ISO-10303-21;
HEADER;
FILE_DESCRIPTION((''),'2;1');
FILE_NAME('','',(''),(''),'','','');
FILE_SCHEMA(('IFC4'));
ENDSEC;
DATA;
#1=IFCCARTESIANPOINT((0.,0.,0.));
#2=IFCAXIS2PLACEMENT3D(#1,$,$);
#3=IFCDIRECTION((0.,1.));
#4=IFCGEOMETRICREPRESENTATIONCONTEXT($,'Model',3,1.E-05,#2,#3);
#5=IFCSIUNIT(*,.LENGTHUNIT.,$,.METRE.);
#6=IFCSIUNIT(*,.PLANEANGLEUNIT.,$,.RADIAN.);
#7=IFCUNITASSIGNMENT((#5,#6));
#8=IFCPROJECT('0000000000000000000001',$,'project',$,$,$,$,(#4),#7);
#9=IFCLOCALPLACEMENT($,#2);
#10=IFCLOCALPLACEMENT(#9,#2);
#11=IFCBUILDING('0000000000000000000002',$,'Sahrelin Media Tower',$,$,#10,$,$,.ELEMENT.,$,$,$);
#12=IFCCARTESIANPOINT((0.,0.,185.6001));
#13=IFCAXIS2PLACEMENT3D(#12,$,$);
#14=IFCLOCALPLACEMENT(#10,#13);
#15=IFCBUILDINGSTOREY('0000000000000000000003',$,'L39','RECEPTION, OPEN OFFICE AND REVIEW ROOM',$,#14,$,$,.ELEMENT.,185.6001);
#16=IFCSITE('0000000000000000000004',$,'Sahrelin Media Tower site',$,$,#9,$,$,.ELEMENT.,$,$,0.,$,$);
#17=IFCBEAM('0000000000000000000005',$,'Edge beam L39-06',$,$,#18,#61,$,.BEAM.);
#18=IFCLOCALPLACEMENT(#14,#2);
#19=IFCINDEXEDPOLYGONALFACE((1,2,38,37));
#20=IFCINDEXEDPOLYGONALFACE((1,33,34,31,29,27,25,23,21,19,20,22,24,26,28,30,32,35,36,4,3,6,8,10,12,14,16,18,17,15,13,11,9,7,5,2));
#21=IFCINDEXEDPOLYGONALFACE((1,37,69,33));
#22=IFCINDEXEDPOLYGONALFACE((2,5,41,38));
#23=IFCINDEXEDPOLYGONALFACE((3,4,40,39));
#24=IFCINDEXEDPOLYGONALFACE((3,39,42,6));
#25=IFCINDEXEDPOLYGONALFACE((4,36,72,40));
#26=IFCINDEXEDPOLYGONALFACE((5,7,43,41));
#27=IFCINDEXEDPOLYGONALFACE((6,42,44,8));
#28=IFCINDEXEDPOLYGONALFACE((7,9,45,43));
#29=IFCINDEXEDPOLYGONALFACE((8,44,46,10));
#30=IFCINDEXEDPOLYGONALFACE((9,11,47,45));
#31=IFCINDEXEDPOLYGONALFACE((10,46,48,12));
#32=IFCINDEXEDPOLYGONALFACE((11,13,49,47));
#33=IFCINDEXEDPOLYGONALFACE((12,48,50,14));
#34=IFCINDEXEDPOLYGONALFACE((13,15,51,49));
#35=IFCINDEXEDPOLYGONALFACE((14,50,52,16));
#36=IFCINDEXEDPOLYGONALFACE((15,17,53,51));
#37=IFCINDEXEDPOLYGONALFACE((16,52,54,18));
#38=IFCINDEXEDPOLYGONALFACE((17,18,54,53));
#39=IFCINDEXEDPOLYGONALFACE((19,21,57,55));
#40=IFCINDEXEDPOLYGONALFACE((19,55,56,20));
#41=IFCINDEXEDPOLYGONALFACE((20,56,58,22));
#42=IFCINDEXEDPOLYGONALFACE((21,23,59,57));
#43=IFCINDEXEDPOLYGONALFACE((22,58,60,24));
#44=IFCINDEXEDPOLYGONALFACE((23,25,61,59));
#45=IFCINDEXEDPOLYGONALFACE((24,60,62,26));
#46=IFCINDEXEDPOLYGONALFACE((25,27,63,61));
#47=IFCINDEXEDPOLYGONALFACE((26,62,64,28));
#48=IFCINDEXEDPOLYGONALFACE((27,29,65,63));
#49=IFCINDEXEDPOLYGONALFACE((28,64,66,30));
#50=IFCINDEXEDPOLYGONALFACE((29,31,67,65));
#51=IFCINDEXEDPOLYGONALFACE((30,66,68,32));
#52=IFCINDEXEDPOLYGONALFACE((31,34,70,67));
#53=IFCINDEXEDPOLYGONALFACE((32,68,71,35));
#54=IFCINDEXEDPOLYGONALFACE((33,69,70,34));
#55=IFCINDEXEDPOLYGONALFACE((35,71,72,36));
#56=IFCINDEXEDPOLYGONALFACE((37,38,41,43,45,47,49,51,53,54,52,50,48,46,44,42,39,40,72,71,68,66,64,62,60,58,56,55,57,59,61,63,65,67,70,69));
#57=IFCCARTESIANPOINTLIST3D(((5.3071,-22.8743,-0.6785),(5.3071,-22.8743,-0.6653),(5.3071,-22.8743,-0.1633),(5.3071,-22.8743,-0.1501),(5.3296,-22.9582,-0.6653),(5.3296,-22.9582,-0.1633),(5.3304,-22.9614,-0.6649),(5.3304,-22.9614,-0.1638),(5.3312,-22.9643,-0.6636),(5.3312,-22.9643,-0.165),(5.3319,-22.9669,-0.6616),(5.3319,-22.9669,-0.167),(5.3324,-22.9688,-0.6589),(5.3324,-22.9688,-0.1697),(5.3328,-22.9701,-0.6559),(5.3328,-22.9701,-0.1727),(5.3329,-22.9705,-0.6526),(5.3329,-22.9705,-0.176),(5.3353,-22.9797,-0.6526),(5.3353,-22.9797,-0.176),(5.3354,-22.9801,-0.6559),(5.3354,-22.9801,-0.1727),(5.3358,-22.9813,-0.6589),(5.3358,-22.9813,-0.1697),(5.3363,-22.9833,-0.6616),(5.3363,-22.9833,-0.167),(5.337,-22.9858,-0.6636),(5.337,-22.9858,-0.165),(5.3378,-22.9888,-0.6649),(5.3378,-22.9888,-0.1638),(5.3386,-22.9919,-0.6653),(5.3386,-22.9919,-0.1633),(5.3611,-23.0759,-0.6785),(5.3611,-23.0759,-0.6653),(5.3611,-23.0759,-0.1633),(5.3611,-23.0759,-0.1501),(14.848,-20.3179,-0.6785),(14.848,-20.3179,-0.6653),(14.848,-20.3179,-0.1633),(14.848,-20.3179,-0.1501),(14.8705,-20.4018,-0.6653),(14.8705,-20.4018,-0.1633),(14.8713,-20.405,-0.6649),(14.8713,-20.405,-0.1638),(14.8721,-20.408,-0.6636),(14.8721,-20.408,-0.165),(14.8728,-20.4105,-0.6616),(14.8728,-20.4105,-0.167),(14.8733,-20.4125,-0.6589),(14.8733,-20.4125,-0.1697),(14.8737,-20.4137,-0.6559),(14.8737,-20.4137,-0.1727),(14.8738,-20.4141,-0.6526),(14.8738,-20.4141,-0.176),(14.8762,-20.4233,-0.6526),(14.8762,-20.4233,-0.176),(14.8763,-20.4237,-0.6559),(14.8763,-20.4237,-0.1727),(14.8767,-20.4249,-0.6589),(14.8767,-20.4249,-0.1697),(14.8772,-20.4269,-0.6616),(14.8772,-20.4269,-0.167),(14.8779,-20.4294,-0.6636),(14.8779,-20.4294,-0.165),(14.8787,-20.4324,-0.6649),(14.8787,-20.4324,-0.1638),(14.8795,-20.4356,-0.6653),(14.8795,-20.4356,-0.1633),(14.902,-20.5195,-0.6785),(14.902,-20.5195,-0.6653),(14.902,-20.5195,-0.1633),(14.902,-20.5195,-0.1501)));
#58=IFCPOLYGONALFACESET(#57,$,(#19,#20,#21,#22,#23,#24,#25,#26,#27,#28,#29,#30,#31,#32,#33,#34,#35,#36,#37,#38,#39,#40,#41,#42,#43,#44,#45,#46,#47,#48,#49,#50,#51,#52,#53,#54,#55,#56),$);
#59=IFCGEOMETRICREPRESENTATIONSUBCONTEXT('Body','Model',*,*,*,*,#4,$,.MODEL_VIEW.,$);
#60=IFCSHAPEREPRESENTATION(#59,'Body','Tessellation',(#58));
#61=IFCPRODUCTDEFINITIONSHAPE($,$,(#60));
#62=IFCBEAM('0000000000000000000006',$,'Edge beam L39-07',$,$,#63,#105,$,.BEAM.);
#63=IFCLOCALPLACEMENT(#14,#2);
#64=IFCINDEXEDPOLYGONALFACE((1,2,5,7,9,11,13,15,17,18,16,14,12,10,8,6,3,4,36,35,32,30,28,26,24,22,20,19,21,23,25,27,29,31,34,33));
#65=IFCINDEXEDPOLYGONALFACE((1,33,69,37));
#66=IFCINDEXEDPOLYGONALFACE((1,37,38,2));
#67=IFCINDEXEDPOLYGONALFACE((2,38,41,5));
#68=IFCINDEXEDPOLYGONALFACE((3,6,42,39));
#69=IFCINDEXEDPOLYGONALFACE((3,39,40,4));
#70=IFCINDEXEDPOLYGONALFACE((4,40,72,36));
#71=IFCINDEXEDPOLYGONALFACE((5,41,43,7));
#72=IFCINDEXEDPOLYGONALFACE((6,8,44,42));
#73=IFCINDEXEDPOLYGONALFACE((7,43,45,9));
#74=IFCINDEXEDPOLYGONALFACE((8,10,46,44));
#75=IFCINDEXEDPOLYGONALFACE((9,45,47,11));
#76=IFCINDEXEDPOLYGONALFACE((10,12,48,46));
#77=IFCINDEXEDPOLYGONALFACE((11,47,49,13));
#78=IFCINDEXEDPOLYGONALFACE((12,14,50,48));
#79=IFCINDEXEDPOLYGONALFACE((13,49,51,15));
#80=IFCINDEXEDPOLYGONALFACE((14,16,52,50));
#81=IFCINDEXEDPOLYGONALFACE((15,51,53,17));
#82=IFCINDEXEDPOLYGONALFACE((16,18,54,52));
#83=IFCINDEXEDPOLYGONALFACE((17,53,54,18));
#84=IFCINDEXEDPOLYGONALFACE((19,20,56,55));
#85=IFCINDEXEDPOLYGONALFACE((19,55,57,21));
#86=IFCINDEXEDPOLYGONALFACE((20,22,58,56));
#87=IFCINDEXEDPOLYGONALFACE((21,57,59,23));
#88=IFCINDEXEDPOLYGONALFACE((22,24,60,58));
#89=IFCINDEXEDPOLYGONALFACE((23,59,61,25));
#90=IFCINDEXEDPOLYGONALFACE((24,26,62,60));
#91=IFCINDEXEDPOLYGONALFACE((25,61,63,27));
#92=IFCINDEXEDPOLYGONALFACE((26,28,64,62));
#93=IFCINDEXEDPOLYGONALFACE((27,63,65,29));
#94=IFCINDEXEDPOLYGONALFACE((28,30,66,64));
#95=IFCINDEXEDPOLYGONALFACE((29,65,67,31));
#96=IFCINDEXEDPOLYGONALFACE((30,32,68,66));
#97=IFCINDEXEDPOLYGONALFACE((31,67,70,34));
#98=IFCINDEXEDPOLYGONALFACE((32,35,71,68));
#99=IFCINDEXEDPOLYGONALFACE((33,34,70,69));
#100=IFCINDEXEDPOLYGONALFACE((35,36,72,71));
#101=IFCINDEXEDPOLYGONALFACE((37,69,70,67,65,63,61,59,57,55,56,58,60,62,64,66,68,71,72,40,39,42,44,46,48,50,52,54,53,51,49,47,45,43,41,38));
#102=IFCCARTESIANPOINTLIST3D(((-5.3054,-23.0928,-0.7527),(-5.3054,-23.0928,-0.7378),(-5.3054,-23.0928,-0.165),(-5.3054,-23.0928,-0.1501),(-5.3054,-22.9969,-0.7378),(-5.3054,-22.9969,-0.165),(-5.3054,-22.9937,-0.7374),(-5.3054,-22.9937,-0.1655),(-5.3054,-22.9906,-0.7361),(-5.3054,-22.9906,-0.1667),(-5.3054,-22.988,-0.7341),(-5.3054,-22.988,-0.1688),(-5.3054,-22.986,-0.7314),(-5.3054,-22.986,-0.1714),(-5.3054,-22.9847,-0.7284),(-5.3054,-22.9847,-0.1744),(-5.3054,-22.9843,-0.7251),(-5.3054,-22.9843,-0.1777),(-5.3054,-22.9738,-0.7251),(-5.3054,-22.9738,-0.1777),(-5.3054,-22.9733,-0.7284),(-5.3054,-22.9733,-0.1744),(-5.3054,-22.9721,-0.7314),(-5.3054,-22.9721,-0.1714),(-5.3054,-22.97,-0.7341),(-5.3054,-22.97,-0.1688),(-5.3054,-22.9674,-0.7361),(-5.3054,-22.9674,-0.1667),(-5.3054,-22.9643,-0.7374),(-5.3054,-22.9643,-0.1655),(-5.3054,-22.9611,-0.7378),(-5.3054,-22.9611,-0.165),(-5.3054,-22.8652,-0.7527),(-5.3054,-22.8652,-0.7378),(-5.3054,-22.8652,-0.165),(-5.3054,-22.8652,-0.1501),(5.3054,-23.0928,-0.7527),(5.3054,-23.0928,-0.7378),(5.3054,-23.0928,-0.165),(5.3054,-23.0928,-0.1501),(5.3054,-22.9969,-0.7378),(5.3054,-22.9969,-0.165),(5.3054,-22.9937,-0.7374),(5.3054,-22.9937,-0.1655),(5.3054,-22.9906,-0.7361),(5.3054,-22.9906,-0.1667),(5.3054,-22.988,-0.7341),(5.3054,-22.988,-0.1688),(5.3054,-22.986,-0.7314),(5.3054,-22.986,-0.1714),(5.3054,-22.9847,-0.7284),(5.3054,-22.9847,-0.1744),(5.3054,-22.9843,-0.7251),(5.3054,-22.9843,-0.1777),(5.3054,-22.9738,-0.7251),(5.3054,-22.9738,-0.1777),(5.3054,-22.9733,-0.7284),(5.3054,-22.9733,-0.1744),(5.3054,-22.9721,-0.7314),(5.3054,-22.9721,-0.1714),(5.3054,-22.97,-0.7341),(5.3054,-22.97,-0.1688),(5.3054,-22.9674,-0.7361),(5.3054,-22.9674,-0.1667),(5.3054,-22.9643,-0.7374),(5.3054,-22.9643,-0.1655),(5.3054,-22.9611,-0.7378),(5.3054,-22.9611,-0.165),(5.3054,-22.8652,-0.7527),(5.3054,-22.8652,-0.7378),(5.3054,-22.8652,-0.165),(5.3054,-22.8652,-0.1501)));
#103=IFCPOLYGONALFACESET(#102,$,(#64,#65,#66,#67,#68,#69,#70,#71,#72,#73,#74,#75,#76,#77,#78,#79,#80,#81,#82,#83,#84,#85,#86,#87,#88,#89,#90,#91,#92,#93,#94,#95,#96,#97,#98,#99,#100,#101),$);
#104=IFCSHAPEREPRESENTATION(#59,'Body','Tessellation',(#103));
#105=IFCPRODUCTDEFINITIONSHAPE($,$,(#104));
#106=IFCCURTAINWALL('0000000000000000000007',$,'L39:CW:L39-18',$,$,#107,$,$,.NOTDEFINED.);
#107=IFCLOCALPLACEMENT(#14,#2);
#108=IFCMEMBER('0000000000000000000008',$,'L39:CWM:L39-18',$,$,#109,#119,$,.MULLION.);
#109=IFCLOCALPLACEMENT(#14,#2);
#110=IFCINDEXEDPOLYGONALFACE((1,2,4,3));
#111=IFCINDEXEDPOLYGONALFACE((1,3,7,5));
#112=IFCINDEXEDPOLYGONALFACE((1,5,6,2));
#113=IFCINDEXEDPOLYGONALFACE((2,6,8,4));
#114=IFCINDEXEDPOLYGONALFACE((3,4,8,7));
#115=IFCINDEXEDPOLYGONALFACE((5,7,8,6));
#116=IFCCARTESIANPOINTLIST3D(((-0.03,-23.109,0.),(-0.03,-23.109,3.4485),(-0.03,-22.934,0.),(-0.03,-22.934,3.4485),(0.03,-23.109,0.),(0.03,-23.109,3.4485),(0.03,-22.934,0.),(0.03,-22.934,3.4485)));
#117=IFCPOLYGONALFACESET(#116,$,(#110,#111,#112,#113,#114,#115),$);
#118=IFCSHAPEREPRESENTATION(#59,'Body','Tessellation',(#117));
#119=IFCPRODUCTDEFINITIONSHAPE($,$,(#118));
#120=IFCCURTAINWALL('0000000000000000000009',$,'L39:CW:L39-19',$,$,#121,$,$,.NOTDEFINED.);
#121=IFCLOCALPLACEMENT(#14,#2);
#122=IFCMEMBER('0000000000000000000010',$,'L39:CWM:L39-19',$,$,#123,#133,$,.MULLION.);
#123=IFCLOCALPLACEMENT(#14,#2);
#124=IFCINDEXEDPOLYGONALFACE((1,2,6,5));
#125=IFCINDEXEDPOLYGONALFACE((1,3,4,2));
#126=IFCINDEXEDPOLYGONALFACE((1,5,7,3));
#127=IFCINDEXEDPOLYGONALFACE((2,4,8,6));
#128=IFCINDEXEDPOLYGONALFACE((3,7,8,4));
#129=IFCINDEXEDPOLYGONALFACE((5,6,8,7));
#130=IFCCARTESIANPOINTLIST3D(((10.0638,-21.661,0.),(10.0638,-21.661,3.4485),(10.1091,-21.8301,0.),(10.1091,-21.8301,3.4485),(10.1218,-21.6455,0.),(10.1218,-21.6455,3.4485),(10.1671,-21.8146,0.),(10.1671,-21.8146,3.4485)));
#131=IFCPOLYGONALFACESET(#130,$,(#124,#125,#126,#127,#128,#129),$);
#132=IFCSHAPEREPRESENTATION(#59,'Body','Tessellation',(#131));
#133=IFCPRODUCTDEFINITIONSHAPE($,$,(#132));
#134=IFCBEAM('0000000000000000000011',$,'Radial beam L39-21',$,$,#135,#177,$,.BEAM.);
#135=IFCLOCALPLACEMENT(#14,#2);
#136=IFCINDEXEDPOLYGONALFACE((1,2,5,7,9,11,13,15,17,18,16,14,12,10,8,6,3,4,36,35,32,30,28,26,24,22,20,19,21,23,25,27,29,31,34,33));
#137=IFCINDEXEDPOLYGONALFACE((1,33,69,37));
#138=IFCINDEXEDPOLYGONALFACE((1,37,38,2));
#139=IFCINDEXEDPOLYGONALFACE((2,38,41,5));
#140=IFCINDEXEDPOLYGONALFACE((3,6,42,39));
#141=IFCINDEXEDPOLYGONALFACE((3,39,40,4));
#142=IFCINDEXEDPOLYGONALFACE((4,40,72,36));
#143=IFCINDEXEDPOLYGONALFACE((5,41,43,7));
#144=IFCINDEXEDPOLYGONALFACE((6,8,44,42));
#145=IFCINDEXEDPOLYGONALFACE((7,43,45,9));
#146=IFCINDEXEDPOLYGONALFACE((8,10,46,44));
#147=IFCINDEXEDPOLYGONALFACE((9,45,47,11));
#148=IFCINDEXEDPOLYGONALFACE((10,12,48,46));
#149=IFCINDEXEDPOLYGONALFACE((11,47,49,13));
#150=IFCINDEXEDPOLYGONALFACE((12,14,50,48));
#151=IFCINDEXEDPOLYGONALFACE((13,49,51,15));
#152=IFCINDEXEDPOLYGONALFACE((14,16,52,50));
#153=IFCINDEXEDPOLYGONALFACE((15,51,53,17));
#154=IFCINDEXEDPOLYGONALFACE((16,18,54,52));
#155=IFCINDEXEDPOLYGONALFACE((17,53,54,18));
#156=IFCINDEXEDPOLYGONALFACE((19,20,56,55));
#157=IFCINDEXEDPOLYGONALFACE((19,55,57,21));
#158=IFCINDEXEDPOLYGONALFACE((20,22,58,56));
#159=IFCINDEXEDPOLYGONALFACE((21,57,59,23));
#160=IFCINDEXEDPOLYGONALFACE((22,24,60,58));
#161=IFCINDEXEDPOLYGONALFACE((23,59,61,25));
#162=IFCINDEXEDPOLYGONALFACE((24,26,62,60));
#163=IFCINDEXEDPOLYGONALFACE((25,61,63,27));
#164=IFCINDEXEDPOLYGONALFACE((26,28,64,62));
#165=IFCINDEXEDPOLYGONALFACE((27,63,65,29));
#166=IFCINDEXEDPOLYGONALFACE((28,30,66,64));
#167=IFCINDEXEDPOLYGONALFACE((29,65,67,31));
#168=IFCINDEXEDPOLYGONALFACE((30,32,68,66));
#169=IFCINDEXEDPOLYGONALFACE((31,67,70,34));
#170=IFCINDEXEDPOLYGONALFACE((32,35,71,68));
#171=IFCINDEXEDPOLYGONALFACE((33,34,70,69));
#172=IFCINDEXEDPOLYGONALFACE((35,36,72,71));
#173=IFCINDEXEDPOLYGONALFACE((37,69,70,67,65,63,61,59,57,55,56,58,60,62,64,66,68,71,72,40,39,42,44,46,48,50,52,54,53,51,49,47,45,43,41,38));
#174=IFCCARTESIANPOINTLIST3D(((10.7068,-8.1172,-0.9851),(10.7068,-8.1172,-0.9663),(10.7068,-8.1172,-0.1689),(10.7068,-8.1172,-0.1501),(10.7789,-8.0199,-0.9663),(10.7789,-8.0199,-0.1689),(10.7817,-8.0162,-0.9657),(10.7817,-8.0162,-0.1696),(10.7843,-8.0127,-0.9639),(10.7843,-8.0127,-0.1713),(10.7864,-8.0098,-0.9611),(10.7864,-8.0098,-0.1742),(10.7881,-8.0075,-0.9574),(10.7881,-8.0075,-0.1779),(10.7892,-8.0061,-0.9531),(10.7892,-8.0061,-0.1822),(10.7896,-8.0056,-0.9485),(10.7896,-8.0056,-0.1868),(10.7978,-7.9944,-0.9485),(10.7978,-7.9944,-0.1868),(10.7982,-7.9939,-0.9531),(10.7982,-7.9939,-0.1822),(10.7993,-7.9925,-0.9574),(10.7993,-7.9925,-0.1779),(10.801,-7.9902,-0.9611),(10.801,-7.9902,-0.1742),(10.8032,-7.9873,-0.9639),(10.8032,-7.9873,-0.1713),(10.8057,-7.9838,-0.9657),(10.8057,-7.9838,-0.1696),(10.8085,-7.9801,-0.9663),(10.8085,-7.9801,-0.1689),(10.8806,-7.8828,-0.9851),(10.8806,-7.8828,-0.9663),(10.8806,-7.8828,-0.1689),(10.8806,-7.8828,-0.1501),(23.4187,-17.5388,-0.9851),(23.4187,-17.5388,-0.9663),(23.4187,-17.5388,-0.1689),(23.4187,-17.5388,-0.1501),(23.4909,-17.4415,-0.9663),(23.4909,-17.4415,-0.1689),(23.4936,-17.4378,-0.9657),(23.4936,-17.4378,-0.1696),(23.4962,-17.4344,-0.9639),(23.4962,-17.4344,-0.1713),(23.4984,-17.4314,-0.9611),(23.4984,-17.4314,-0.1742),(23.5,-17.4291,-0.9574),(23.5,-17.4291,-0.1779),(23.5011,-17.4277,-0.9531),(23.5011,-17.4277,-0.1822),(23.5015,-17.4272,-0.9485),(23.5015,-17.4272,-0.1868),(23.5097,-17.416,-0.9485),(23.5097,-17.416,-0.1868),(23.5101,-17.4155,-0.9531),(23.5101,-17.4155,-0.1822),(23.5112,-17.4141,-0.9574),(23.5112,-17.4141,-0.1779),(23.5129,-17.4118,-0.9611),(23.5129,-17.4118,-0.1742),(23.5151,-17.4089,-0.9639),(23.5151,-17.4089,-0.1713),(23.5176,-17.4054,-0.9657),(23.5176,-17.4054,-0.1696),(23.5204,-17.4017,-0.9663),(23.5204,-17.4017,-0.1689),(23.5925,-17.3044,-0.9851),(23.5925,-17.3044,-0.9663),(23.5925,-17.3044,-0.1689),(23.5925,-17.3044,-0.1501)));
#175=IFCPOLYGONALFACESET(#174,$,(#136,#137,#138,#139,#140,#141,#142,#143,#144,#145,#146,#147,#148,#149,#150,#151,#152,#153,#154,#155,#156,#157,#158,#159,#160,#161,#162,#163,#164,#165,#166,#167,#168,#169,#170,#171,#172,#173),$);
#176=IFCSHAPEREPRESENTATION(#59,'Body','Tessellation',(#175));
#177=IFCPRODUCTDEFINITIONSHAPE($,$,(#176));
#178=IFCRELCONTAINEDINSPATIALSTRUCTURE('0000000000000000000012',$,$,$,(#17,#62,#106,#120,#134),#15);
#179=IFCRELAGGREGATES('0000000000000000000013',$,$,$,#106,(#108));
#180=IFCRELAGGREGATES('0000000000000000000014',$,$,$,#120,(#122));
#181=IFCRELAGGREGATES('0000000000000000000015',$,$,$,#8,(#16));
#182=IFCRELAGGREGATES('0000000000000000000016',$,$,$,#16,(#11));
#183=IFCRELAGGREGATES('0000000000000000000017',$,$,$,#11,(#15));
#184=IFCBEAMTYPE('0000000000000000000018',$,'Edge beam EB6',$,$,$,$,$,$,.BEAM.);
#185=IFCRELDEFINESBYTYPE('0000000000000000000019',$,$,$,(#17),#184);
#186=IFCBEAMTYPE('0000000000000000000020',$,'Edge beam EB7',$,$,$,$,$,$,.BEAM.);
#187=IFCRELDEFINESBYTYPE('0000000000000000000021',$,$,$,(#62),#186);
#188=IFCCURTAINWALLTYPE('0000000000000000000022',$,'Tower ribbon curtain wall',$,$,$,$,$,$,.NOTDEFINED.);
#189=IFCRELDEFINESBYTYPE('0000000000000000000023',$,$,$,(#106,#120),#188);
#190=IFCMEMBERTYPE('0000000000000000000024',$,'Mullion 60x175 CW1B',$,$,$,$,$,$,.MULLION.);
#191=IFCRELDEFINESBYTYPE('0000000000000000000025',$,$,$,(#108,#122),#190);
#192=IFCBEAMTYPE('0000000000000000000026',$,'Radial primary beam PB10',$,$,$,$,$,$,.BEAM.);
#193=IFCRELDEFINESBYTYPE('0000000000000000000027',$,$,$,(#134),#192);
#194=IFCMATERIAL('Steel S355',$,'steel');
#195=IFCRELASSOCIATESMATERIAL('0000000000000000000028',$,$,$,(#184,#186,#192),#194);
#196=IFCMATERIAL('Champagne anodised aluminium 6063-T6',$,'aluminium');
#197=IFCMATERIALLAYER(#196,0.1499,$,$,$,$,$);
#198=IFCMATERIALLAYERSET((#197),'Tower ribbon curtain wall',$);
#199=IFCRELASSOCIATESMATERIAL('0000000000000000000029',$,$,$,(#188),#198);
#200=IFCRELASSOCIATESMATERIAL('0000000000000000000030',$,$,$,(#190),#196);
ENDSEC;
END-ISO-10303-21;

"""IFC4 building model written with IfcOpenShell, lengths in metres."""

from ifc_helpers import new_model, si_unit, direction, frame, origin, origin_2d, place, context, subcontext, project, spatial, rectangle, i_section, extrude, material, layer, layer_set, material_profile, profile_set, type_object, element, aggregate, save


model = new_model("IFC4")

# Units and contexts
model_context = context("Model", 3, precision=1e-05, world=origin(), true_north=direction((0.0, 1.0)))
body_context = subcontext(model_context, "Body", "Model", "MODEL_VIEW")
ifc_project = project(units=[si_unit("LENGTHUNIT", "METRE"), si_unit("PLANEANGLEUNIT", "RADIAN")], contexts=[model_context])

# Site, building, storey
site_placement = place(None, origin())
site = spatial("IfcSite", under=ifc_project, at=site_placement, Name="Sahrelin Media Tower site", CompositionType="ELEMENT", RefElevation=0.0)
building_placement = place(site_placement, origin())
building = spatial("IfcBuilding", under=site, at=building_placement, Name="Sahrelin Media Tower", CompositionType="ELEMENT")
storey_placement = place(building_placement, frame((0.0, 0.0, 185.6001)))
storey = spatial("IfcBuildingStorey", under=building, at=storey_placement, Name="L39", Description="RECEPTION, OPEN OFFICE AND REVIEW ROOM", CompositionType="ELEMENT", Elevation=185.6001)

# Beams
ifc_material_1 = material(Name="Steel S355", Category="steel")
ifc_material_profile_1 = material_profile(ifc_material_1, i_section(OverallWidth=0.2087, OverallDepth=0.5283, WebThickness=0.0095, FlangeThickness=0.0132, FilletRadius=0.0127, at=origin_2d()), Name="UB 533x210x82")
ifc_profile_set_1 = profile_set([ifc_material_profile_1], Name="Steel S355")
beam_type_1 = type_object("IfcBeamType", Name="Edge beam EB6", PredefinedType="BEAM", material=ifc_profile_set_1)
beam_1_placement = place(storey_placement, frame((14.875, -20.4187, -0.4143), z_axis=(-0.965929, -0.258809, 0.0), x_axis=(0.258809, -0.965929, 0.0)))
element("IfcBeam", 1, at=beam_1_placement, inside=storey, type_object=beam_type_1, Name="Edge beam L39-06", PredefinedType="BEAM", context=body_context, shape_type="SweptSolid", body=[
    extrude(i_section(OverallWidth=0.2087, OverallDepth=0.5283, WebThickness=0.0095, FlangeThickness=0.0132, FilletRadius=0.0127, at=origin_2d()), origin(), (0.0, 0.0, 1.0), 9.8774),
])
ifc_material_profile_2 = material_profile(ifc_material_1, i_section(OverallWidth=0.2275, OverallDepth=0.6025, WebThickness=0.0105, FlangeThickness=0.0149, FilletRadius=0.0127, at=origin_2d()), Name="UB 610x229x101")
ifc_profile_set_2 = profile_set([ifc_material_profile_2], Name="Steel S355")
beam_type_2 = type_object("IfcBeamType", Name="Edge beam EB7", PredefinedType="BEAM", material=ifc_profile_set_2)
beam_2_placement = place(storey_placement, frame((5.3054, -22.979, -0.4514), z_axis=(-1.0, 0.0, 0.0), x_axis=(0.0, -1.0, 0.0)))
element("IfcBeam", 2, at=beam_2_placement, inside=storey, type_object=beam_type_2, Name="Edge beam L39-07", PredefinedType="BEAM", context=body_context, shape_type="SweptSolid", body=[
    extrude(i_section(OverallWidth=0.2275, OverallDepth=0.6025, WebThickness=0.0105, FlangeThickness=0.0149, FilletRadius=0.0127, at=origin_2d()), origin(), (0.0, 0.0, 1.0), 10.6108),
])

# Curtain walls, members
ifc_material_2 = material(Name="Champagne anodised aluminium 6063-T6", Category="aluminium")
ifc_layer_1 = layer(ifc_material_2, 0.1499)
ifc_layer_set_1 = layer_set([ifc_layer_1], Name="Tower ribbon curtain wall")
curtain_wall_type = type_object("IfcCurtainWallType", Name="Tower ribbon curtain wall", PredefinedType="NOTDEFINED", material=ifc_layer_set_1)
curtain_wall_1_placement = place(storey_placement, frame((0.0, -23.1289, 0.0), z_axis=(0.0, 0.0, 1.0), x_axis=(1.0, 0.0, 0.0)))
curtain_wall_1 = element("IfcCurtainWall", 3, at=curtain_wall_1_placement, inside=storey, type_object=curtain_wall_type, Name="L39:CW:L39-18", PredefinedType="NOTDEFINED")
ifc_material_profile_3 = material_profile(ifc_material_2, rectangle(XDim=0.0601, YDim=0.175, at=origin_2d()), Name="Mullion 60x175")
ifc_profile_set_3 = profile_set([ifc_material_profile_3], Name="Champagne anodised aluminium 6063-T6")
member_type_1 = type_object("IfcMemberType", Name="Mullion 60x175 CW1B", PredefinedType="MULLION", material=ifc_profile_set_3)
member_1_placement = place(storey_placement, frame((0.0, -23.0215, 0.0), z_axis=(0.0, 0.0, 1.0), x_axis=(1.0, 0.0, 0.0)))
member_1 = element("IfcMember", 4, at=member_1_placement, type_object=member_type_1, Name="L39:CWM:L39-18", PredefinedType="MULLION", context=body_context, shape_type="SweptSolid", body=[
    extrude(rectangle(XDim=0.0601, YDim=0.175, at=origin_2d()), origin(), (0.0, 0.0, 1.0), 3.4485),
])
aggregate(curtain_wall_1, [member_1])
curtain_wall_2_placement = place(storey_placement, frame((10.1433, -21.8418, 0.0), z_axis=(0.0, 0.0, 1.0), x_axis=(1.0, 0.0, 0.0)))
curtain_wall_2 = element("IfcCurtainWall", 5, at=curtain_wall_2_placement, inside=storey, type_object=curtain_wall_type, Name="L39:CW:L39-19", PredefinedType="NOTDEFINED")
member_2_placement = place(storey_placement, frame((10.1155, -21.7378, 0.0), z_axis=(0.0, 0.0, 1.0), x_axis=(0.965925, 0.258822, 0.0)))
member_2 = element("IfcMember", 6, at=member_2_placement, type_object=member_type_1, Name="L39:CWM:L39-19", PredefinedType="MULLION", context=body_context, shape_type="SweptSolid", body=[
    extrude(rectangle(XDim=0.0601, YDim=0.175, at=origin_2d()), origin(), (0.0, 0.0, 1.0), 3.4485),
])

# Beam
ifc_material_profile_4 = material_profile(ifc_material_1, i_section(OverallWidth=0.2917, OverallDepth=0.835, WebThickness=0.0139, FlangeThickness=0.0188, FilletRadius=0.0178, at=origin_2d()), Name="UB 838x292x176")
ifc_profile_set_4 = profile_set([ifc_material_profile_4], Name="Steel S355")
beam_type_3 = type_object("IfcBeamType", Name="Radial primary beam PB10", PredefinedType="BEAM", material=ifc_profile_set_4)
beam_3_placement = place(storey_placement, frame((10.7937, -8.0, -0.5676), z_axis=(0.803394, -0.595448, 0.0), x_axis=(0.595448, 0.803394, 0.0)))
element("IfcBeam", 7, at=beam_3_placement, inside=storey, type_object=beam_type_3, Name="Radial beam L39-21", PredefinedType="BEAM", context=body_context, shape_type="SweptSolid", body=[
    extrude(i_section(OverallWidth=0.2917, OverallDepth=0.835, WebThickness=0.0139, FlangeThickness=0.0188, FilletRadius=0.0178, at=origin_2d()), origin(), (0.0, 0.0, 1.0), 15.8228),
])

aggregate(curtain_wall_2, [member_2])

save(model, "model.ifc")
